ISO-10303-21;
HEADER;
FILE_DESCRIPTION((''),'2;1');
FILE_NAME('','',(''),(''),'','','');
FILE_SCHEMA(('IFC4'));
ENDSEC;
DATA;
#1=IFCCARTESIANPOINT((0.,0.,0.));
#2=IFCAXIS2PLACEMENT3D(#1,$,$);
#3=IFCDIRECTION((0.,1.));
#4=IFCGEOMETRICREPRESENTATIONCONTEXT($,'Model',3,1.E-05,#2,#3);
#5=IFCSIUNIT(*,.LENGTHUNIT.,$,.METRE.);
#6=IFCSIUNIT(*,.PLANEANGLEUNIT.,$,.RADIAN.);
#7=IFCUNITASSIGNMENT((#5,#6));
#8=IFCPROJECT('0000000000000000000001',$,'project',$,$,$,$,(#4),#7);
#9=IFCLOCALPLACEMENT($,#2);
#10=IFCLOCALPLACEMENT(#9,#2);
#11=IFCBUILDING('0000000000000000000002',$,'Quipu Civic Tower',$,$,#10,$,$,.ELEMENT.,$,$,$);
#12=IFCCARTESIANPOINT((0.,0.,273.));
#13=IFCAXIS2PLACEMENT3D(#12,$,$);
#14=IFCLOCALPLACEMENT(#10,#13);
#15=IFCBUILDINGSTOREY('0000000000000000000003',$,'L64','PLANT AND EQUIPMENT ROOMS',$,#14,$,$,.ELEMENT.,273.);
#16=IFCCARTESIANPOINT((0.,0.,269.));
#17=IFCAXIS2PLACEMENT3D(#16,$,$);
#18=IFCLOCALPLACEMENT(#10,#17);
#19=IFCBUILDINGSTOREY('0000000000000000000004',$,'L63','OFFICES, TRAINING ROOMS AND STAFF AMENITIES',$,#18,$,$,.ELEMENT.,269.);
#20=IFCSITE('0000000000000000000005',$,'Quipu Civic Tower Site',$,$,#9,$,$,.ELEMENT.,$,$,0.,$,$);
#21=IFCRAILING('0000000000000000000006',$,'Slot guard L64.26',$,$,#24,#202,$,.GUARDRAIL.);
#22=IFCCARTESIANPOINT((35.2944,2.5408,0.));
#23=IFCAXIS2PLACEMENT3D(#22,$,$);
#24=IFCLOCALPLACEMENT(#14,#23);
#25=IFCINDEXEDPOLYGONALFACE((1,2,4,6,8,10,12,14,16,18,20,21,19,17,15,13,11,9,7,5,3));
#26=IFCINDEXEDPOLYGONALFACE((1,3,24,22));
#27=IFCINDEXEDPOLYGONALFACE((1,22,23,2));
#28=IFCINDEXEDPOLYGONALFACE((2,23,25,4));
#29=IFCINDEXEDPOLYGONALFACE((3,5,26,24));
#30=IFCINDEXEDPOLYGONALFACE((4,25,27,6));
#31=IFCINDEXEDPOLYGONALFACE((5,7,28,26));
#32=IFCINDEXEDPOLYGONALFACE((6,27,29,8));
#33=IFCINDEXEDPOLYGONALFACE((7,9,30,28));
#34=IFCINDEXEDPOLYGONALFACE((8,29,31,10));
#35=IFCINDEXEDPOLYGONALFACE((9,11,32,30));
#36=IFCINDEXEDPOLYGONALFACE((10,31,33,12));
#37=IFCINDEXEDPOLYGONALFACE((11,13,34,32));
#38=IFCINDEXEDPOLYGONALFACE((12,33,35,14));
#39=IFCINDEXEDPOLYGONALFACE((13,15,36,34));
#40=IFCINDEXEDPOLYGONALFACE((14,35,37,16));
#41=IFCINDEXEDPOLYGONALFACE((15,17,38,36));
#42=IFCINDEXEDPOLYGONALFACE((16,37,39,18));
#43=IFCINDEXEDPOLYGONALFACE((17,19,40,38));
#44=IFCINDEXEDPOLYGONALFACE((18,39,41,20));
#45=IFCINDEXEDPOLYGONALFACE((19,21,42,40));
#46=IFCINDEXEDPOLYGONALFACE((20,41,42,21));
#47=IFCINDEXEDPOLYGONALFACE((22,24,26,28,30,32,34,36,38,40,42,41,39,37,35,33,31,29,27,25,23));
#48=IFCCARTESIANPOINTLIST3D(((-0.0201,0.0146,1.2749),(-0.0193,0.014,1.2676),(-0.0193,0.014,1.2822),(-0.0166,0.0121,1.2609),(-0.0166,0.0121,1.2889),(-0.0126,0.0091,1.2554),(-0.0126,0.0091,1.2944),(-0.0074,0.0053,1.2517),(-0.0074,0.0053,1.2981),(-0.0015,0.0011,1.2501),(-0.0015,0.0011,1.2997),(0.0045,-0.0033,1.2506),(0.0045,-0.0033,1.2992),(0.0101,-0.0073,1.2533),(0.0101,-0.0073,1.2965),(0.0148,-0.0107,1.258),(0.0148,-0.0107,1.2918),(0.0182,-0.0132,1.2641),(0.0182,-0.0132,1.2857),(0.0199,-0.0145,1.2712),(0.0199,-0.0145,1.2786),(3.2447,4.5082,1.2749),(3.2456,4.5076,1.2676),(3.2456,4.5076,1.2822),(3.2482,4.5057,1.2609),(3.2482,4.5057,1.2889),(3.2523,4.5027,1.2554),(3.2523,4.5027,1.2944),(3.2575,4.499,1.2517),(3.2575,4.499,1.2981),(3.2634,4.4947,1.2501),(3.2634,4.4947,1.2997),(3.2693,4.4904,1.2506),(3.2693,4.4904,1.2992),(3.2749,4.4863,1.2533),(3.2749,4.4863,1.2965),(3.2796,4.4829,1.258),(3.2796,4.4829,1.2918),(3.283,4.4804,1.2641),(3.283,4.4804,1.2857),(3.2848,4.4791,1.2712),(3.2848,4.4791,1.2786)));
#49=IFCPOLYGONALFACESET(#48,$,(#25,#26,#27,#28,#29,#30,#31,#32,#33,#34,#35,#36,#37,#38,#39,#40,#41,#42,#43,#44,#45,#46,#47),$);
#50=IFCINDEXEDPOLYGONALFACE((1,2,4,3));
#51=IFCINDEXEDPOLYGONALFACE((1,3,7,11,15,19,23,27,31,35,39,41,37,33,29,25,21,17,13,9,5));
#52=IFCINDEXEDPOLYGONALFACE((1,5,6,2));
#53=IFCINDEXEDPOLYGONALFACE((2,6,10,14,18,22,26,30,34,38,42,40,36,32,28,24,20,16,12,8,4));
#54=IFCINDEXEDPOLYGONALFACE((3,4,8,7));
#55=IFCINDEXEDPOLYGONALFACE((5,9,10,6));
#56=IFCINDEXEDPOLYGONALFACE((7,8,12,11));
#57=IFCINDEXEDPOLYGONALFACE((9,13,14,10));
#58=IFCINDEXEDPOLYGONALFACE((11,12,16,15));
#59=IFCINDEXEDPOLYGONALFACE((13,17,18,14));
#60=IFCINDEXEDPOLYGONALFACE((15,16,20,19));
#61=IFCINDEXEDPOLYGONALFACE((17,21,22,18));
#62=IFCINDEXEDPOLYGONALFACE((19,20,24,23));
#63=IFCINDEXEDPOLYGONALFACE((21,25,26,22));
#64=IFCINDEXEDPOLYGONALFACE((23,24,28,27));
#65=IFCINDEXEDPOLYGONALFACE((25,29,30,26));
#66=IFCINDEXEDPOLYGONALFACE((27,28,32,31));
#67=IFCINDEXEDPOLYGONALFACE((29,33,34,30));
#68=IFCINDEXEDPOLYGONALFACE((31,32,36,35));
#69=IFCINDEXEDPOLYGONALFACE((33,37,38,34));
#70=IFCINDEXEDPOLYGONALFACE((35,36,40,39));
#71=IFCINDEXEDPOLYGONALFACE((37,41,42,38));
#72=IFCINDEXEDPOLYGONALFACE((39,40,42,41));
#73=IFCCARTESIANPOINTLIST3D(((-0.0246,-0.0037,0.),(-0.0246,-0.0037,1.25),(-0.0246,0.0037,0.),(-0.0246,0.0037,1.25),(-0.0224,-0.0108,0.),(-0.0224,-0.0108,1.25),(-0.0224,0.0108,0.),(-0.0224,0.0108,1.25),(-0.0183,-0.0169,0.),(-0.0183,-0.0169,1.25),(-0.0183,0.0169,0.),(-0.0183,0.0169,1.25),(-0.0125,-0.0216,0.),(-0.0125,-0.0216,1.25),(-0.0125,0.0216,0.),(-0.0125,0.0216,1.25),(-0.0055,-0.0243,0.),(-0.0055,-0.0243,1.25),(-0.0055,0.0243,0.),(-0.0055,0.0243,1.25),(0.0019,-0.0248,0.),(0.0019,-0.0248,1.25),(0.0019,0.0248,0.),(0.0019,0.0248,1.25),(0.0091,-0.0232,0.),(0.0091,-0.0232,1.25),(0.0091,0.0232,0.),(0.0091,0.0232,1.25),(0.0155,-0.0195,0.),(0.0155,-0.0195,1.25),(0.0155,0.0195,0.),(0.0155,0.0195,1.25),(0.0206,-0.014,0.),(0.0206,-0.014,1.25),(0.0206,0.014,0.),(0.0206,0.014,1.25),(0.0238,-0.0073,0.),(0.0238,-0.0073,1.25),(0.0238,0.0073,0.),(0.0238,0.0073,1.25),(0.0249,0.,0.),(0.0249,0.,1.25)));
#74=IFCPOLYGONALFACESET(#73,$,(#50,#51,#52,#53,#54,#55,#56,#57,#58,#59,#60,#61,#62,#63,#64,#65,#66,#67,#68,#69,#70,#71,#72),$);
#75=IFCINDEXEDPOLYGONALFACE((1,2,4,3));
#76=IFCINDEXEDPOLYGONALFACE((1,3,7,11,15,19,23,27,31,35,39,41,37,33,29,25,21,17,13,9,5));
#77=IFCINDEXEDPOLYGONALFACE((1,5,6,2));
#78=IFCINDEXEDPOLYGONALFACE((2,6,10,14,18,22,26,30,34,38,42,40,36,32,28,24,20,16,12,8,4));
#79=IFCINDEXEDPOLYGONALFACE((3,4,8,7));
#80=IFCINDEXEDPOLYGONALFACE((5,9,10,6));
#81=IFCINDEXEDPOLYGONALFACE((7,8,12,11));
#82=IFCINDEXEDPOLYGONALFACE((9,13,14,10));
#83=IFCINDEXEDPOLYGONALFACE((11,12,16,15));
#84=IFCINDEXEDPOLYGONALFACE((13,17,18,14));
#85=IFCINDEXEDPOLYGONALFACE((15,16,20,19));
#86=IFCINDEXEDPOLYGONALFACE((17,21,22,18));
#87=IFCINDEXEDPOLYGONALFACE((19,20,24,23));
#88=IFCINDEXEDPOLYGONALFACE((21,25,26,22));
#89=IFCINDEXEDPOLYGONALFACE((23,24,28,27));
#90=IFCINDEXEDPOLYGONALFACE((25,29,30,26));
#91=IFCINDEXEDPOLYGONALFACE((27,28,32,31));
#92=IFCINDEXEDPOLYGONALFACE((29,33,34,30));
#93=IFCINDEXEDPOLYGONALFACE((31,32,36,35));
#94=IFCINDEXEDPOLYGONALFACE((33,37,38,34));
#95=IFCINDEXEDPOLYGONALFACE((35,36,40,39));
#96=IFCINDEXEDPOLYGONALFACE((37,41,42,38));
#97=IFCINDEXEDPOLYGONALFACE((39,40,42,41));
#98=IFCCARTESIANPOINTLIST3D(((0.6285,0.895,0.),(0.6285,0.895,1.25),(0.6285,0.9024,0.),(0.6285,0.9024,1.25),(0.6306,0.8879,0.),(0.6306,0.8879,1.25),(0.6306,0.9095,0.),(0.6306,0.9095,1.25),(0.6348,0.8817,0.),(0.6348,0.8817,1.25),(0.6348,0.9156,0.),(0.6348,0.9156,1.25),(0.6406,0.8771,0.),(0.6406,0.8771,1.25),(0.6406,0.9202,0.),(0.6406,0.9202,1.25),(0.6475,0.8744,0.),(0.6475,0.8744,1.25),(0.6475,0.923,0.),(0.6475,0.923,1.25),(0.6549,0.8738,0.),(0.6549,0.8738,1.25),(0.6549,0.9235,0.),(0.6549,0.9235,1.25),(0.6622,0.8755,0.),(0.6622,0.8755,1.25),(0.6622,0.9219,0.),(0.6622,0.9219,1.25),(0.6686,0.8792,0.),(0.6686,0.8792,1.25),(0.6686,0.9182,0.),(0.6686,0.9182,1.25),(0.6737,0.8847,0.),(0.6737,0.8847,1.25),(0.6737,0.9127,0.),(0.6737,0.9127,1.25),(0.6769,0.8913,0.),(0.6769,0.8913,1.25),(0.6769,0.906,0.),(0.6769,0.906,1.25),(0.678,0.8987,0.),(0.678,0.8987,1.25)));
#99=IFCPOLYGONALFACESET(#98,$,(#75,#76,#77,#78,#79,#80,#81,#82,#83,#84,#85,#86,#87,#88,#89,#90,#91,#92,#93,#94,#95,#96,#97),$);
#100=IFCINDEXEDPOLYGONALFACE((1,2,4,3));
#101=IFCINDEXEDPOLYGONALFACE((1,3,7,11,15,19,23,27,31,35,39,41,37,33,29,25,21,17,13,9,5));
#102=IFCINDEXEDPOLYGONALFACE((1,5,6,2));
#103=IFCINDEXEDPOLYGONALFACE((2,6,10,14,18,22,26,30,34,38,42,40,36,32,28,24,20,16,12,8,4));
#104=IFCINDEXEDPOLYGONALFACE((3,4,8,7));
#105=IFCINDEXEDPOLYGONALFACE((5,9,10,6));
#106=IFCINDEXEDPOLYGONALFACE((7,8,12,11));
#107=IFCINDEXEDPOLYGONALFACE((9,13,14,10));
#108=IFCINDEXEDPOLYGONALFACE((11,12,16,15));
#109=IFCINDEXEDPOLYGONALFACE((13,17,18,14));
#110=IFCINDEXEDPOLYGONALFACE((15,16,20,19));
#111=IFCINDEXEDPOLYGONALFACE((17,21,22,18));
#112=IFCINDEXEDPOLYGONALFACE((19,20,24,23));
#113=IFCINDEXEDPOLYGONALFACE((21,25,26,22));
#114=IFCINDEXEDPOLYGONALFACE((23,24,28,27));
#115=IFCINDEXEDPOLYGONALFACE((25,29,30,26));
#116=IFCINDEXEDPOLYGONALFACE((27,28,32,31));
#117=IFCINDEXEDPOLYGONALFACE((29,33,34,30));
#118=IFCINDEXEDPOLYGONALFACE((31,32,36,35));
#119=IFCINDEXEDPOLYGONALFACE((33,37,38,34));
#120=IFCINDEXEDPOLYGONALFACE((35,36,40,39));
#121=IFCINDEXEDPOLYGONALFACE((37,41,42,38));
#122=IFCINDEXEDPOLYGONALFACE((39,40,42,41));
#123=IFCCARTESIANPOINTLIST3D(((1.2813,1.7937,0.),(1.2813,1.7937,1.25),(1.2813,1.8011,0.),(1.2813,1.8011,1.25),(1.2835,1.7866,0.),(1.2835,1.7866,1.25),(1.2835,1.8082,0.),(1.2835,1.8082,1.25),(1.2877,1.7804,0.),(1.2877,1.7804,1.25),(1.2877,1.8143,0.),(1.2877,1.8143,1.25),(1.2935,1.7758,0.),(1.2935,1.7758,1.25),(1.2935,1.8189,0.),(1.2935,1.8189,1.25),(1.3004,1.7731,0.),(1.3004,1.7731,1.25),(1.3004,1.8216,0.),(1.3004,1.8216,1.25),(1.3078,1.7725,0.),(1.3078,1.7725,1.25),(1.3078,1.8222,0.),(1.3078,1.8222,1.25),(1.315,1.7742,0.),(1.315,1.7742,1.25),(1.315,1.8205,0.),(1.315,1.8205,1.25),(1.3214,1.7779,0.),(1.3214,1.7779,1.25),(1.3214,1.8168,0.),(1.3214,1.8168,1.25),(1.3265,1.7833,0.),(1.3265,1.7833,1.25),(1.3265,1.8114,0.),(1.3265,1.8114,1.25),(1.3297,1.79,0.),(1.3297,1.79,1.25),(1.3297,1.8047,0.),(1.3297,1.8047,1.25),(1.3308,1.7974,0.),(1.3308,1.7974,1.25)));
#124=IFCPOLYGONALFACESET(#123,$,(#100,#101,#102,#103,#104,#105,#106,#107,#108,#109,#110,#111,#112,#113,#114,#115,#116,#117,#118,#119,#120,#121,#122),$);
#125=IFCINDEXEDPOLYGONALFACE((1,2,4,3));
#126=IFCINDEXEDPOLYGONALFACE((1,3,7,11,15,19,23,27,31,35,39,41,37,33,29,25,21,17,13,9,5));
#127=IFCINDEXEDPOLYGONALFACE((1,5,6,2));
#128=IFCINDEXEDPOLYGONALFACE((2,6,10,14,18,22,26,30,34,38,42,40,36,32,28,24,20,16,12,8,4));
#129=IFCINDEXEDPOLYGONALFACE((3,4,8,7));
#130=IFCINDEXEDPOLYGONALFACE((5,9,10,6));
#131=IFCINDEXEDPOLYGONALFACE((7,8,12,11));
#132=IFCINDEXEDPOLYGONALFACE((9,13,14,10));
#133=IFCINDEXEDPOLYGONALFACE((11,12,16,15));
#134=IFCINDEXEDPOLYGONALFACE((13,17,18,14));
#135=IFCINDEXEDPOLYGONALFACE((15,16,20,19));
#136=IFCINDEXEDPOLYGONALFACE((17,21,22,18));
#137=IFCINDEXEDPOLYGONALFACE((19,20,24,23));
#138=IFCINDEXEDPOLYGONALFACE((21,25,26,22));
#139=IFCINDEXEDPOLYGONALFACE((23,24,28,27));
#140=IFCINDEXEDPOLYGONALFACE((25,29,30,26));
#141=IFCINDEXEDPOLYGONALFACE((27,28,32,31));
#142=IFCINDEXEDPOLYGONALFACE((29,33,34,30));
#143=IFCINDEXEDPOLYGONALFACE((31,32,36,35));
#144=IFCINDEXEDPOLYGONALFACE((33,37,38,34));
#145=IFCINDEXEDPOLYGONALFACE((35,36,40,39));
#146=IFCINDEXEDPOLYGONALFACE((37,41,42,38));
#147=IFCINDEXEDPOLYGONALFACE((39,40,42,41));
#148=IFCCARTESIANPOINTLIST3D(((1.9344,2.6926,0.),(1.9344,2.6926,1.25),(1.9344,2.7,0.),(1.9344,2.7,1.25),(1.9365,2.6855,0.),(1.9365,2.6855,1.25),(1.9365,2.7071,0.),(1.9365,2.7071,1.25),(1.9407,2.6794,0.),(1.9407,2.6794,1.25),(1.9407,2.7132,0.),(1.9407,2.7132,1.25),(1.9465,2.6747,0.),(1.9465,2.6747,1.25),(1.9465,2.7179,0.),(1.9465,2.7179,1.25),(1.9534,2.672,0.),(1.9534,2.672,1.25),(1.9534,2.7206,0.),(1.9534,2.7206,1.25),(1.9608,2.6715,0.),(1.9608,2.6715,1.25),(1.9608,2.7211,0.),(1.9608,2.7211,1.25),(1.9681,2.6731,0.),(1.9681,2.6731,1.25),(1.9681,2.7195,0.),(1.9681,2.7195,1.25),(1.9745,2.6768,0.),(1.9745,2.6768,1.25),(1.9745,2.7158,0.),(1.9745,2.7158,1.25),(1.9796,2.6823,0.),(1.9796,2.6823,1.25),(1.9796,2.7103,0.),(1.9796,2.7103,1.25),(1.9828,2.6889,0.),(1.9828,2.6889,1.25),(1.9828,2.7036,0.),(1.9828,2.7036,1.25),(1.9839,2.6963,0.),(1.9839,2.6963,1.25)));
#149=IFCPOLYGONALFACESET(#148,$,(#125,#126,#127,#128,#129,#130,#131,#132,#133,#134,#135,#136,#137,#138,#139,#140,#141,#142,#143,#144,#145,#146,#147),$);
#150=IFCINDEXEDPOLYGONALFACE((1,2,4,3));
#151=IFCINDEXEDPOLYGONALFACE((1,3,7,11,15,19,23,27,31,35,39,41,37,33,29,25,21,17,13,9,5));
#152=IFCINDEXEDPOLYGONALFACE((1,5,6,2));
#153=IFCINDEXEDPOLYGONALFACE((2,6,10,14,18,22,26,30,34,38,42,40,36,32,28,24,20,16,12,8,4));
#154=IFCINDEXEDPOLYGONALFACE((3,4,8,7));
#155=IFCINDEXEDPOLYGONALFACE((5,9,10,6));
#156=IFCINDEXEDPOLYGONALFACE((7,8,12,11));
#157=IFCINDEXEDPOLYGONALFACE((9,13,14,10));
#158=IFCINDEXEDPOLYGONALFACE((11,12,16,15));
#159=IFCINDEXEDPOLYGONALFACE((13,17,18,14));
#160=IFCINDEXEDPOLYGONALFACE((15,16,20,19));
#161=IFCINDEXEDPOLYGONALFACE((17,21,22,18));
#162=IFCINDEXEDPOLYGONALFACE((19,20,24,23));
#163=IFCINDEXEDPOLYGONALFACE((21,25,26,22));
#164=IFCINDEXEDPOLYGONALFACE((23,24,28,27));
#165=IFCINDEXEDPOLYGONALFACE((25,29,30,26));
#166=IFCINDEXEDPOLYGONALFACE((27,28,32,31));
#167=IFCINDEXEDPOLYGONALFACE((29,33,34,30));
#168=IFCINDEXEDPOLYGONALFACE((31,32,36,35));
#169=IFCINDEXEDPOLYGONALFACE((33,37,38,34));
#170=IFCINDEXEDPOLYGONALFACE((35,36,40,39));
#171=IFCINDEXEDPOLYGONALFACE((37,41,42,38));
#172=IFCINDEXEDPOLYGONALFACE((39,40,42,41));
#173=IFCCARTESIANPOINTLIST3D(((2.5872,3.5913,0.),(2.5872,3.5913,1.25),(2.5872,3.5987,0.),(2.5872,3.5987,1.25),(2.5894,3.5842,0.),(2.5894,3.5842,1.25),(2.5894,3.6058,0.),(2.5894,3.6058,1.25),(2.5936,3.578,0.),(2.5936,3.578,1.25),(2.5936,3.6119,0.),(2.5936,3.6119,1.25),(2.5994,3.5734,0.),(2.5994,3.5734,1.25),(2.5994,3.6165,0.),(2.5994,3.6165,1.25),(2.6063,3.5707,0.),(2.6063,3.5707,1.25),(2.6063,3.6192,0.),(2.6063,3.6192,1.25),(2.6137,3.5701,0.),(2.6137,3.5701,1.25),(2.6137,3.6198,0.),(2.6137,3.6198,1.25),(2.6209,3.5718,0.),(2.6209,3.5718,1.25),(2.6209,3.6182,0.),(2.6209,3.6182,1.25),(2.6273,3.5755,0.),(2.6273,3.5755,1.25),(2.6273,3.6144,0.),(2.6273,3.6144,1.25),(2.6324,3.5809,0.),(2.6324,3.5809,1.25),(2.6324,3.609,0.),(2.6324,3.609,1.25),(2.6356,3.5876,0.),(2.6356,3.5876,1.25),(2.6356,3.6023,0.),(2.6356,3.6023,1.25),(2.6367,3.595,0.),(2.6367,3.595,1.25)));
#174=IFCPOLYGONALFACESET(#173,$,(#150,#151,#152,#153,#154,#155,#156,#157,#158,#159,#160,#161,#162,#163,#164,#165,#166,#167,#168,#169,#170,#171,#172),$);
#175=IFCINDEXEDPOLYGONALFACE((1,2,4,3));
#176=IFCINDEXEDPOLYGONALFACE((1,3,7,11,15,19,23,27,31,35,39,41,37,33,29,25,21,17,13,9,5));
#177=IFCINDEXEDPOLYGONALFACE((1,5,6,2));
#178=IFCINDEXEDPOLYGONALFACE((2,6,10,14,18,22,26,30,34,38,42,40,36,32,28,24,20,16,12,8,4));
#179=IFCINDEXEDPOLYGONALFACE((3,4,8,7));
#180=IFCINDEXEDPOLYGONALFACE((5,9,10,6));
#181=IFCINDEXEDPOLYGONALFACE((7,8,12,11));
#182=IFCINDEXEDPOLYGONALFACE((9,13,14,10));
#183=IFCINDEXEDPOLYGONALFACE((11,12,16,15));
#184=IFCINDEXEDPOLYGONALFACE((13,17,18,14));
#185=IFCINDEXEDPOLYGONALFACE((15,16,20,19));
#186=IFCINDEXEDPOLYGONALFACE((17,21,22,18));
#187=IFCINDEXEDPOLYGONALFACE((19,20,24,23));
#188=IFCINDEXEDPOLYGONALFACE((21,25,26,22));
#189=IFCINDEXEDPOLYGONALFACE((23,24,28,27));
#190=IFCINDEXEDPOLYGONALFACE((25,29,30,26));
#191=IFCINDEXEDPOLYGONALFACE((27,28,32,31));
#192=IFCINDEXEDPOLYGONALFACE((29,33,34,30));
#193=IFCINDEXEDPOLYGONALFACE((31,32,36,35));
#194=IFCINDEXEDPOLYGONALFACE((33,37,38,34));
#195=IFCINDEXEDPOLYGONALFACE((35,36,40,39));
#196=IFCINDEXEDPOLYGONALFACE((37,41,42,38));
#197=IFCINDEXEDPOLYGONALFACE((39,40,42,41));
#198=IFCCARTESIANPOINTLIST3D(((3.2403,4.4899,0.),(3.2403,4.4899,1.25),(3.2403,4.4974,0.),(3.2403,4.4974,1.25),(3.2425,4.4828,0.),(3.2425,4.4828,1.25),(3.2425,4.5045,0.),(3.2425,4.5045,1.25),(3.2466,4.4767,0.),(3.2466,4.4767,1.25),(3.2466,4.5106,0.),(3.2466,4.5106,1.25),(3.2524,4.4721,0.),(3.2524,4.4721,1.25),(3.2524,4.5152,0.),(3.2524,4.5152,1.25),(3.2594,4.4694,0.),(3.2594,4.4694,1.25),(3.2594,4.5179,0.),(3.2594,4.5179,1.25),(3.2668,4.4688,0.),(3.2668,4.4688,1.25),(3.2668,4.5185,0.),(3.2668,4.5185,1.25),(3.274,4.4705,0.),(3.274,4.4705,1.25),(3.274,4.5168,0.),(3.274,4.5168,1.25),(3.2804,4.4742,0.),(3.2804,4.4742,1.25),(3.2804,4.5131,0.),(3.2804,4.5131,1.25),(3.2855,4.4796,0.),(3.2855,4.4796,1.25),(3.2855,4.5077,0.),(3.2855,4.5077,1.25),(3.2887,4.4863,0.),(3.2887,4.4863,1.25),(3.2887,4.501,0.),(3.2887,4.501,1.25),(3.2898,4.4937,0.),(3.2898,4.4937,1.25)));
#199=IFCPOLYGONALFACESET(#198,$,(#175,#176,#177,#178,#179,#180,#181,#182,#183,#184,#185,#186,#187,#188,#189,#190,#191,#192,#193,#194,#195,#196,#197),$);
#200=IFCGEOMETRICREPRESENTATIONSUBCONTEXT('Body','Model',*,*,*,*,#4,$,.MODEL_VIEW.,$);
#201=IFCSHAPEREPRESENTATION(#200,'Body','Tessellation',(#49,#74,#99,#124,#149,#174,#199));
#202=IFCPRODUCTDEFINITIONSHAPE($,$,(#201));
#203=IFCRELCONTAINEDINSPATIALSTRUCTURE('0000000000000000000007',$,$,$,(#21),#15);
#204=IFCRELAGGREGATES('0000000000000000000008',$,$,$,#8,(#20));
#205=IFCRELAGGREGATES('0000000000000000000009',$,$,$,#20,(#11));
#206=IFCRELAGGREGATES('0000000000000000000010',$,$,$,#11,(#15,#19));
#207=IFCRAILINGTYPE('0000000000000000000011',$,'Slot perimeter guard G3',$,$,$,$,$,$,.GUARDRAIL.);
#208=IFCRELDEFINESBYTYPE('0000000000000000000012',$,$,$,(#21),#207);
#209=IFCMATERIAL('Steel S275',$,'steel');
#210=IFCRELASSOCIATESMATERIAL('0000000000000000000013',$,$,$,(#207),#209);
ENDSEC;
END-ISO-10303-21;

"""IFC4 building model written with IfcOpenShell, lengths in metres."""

from ifc_helpers import new_model, si_unit, direction, frame, origin, origin_2d, place, context, subcontext, project, spatial, circle, extrude, material, type_object, element, save


model = new_model("IFC4")

# Units and contexts
model_context = context("Model", 3, precision=1e-05, world=origin(), true_north=direction((0.0, 1.0)))
body_context = subcontext(model_context, "Body", "Model", "MODEL_VIEW")
ifc_project = project(units=[si_unit("LENGTHUNIT", "METRE"), si_unit("PLANEANGLEUNIT", "RADIAN")], contexts=[model_context])

# Site, building, storey
site_placement = place(None, origin())
site = spatial("IfcSite", under=ifc_project, at=site_placement, Name="Quipu Civic Tower Site", CompositionType="ELEMENT", RefElevation=0.0)
building_placement = place(site_placement, origin())
building = spatial("IfcBuilding", under=site, at=building_placement, Name="Quipu Civic Tower", CompositionType="ELEMENT")
storey_1_placement = place(building_placement, frame((0.0, 0.0, 273.0)))
storey_1 = spatial("IfcBuildingStorey", under=building, at=storey_1_placement, Name="L64", Description="PLANT AND EQUIPMENT ROOMS", CompositionType="ELEMENT", Elevation=273.0)

# Shared definitions
storey_2_placement = place(building_placement, frame((0.0, 0.0, 269.0)))
storey_2 = spatial("IfcBuildingStorey", under=building, at=storey_2_placement, Name="L63", Description="OFFICES, TRAINING ROOMS AND STAFF AMENITIES", CompositionType="ELEMENT", Elevation=269.0)

# Railing
ifc_material_1 = material(Name="Steel S275", Category="steel")
railing_type = type_object("IfcRailingType", Name="Slot perimeter guard G3", PredefinedType="GUARDRAIL", material=ifc_material_1)
railing_1_placement = place(storey_1_placement, frame((35.2944, 2.5408, 0.0)))
element("IfcRailing", 1, at=railing_1_placement, inside=storey_1, type_object=railing_type, Name="Slot guard L64.26", PredefinedType="GUARDRAIL", context=body_context, shape_type="SweptSolid", body=[
    extrude(circle(Radius=0.0249, at=origin_2d()), frame((0.0, 0.0, 1.2749), z_axis=(0.587793, 0.809012, 0.0), x_axis=(-0.809012, 0.587793, 0.0)), (0.0, 0.0, 1.0), 5.5544),
    extrude(circle(Radius=0.0249, at=origin_2d()), origin(), (0.0, 0.0, 1.0), 1.25),
    extrude(circle(Radius=0.0249, at=origin_2d()), frame((0.6531, 0.8987, 0.0)), (0.0, 0.0, 1.0), 1.25),
    extrude(circle(Radius=0.0249, at=origin_2d()), frame((1.3059, 1.7974, 0.0)), (0.0, 0.0, 1.0), 1.25),
    extrude(circle(Radius=0.0249, at=origin_2d()), frame((1.959, 2.6963, 0.0)), (0.0, 0.0, 1.0), 1.25),
    extrude(circle(Radius=0.0249, at=origin_2d()), frame((2.6118, 3.595, 0.0)), (0.0, 0.0, 1.0), 1.25),
    extrude(circle(Radius=0.0249, at=origin_2d()), frame((3.2649, 4.4937, 0.0)), (0.0, 0.0, 1.0), 1.25),
])

save(model, "model.ifc")
